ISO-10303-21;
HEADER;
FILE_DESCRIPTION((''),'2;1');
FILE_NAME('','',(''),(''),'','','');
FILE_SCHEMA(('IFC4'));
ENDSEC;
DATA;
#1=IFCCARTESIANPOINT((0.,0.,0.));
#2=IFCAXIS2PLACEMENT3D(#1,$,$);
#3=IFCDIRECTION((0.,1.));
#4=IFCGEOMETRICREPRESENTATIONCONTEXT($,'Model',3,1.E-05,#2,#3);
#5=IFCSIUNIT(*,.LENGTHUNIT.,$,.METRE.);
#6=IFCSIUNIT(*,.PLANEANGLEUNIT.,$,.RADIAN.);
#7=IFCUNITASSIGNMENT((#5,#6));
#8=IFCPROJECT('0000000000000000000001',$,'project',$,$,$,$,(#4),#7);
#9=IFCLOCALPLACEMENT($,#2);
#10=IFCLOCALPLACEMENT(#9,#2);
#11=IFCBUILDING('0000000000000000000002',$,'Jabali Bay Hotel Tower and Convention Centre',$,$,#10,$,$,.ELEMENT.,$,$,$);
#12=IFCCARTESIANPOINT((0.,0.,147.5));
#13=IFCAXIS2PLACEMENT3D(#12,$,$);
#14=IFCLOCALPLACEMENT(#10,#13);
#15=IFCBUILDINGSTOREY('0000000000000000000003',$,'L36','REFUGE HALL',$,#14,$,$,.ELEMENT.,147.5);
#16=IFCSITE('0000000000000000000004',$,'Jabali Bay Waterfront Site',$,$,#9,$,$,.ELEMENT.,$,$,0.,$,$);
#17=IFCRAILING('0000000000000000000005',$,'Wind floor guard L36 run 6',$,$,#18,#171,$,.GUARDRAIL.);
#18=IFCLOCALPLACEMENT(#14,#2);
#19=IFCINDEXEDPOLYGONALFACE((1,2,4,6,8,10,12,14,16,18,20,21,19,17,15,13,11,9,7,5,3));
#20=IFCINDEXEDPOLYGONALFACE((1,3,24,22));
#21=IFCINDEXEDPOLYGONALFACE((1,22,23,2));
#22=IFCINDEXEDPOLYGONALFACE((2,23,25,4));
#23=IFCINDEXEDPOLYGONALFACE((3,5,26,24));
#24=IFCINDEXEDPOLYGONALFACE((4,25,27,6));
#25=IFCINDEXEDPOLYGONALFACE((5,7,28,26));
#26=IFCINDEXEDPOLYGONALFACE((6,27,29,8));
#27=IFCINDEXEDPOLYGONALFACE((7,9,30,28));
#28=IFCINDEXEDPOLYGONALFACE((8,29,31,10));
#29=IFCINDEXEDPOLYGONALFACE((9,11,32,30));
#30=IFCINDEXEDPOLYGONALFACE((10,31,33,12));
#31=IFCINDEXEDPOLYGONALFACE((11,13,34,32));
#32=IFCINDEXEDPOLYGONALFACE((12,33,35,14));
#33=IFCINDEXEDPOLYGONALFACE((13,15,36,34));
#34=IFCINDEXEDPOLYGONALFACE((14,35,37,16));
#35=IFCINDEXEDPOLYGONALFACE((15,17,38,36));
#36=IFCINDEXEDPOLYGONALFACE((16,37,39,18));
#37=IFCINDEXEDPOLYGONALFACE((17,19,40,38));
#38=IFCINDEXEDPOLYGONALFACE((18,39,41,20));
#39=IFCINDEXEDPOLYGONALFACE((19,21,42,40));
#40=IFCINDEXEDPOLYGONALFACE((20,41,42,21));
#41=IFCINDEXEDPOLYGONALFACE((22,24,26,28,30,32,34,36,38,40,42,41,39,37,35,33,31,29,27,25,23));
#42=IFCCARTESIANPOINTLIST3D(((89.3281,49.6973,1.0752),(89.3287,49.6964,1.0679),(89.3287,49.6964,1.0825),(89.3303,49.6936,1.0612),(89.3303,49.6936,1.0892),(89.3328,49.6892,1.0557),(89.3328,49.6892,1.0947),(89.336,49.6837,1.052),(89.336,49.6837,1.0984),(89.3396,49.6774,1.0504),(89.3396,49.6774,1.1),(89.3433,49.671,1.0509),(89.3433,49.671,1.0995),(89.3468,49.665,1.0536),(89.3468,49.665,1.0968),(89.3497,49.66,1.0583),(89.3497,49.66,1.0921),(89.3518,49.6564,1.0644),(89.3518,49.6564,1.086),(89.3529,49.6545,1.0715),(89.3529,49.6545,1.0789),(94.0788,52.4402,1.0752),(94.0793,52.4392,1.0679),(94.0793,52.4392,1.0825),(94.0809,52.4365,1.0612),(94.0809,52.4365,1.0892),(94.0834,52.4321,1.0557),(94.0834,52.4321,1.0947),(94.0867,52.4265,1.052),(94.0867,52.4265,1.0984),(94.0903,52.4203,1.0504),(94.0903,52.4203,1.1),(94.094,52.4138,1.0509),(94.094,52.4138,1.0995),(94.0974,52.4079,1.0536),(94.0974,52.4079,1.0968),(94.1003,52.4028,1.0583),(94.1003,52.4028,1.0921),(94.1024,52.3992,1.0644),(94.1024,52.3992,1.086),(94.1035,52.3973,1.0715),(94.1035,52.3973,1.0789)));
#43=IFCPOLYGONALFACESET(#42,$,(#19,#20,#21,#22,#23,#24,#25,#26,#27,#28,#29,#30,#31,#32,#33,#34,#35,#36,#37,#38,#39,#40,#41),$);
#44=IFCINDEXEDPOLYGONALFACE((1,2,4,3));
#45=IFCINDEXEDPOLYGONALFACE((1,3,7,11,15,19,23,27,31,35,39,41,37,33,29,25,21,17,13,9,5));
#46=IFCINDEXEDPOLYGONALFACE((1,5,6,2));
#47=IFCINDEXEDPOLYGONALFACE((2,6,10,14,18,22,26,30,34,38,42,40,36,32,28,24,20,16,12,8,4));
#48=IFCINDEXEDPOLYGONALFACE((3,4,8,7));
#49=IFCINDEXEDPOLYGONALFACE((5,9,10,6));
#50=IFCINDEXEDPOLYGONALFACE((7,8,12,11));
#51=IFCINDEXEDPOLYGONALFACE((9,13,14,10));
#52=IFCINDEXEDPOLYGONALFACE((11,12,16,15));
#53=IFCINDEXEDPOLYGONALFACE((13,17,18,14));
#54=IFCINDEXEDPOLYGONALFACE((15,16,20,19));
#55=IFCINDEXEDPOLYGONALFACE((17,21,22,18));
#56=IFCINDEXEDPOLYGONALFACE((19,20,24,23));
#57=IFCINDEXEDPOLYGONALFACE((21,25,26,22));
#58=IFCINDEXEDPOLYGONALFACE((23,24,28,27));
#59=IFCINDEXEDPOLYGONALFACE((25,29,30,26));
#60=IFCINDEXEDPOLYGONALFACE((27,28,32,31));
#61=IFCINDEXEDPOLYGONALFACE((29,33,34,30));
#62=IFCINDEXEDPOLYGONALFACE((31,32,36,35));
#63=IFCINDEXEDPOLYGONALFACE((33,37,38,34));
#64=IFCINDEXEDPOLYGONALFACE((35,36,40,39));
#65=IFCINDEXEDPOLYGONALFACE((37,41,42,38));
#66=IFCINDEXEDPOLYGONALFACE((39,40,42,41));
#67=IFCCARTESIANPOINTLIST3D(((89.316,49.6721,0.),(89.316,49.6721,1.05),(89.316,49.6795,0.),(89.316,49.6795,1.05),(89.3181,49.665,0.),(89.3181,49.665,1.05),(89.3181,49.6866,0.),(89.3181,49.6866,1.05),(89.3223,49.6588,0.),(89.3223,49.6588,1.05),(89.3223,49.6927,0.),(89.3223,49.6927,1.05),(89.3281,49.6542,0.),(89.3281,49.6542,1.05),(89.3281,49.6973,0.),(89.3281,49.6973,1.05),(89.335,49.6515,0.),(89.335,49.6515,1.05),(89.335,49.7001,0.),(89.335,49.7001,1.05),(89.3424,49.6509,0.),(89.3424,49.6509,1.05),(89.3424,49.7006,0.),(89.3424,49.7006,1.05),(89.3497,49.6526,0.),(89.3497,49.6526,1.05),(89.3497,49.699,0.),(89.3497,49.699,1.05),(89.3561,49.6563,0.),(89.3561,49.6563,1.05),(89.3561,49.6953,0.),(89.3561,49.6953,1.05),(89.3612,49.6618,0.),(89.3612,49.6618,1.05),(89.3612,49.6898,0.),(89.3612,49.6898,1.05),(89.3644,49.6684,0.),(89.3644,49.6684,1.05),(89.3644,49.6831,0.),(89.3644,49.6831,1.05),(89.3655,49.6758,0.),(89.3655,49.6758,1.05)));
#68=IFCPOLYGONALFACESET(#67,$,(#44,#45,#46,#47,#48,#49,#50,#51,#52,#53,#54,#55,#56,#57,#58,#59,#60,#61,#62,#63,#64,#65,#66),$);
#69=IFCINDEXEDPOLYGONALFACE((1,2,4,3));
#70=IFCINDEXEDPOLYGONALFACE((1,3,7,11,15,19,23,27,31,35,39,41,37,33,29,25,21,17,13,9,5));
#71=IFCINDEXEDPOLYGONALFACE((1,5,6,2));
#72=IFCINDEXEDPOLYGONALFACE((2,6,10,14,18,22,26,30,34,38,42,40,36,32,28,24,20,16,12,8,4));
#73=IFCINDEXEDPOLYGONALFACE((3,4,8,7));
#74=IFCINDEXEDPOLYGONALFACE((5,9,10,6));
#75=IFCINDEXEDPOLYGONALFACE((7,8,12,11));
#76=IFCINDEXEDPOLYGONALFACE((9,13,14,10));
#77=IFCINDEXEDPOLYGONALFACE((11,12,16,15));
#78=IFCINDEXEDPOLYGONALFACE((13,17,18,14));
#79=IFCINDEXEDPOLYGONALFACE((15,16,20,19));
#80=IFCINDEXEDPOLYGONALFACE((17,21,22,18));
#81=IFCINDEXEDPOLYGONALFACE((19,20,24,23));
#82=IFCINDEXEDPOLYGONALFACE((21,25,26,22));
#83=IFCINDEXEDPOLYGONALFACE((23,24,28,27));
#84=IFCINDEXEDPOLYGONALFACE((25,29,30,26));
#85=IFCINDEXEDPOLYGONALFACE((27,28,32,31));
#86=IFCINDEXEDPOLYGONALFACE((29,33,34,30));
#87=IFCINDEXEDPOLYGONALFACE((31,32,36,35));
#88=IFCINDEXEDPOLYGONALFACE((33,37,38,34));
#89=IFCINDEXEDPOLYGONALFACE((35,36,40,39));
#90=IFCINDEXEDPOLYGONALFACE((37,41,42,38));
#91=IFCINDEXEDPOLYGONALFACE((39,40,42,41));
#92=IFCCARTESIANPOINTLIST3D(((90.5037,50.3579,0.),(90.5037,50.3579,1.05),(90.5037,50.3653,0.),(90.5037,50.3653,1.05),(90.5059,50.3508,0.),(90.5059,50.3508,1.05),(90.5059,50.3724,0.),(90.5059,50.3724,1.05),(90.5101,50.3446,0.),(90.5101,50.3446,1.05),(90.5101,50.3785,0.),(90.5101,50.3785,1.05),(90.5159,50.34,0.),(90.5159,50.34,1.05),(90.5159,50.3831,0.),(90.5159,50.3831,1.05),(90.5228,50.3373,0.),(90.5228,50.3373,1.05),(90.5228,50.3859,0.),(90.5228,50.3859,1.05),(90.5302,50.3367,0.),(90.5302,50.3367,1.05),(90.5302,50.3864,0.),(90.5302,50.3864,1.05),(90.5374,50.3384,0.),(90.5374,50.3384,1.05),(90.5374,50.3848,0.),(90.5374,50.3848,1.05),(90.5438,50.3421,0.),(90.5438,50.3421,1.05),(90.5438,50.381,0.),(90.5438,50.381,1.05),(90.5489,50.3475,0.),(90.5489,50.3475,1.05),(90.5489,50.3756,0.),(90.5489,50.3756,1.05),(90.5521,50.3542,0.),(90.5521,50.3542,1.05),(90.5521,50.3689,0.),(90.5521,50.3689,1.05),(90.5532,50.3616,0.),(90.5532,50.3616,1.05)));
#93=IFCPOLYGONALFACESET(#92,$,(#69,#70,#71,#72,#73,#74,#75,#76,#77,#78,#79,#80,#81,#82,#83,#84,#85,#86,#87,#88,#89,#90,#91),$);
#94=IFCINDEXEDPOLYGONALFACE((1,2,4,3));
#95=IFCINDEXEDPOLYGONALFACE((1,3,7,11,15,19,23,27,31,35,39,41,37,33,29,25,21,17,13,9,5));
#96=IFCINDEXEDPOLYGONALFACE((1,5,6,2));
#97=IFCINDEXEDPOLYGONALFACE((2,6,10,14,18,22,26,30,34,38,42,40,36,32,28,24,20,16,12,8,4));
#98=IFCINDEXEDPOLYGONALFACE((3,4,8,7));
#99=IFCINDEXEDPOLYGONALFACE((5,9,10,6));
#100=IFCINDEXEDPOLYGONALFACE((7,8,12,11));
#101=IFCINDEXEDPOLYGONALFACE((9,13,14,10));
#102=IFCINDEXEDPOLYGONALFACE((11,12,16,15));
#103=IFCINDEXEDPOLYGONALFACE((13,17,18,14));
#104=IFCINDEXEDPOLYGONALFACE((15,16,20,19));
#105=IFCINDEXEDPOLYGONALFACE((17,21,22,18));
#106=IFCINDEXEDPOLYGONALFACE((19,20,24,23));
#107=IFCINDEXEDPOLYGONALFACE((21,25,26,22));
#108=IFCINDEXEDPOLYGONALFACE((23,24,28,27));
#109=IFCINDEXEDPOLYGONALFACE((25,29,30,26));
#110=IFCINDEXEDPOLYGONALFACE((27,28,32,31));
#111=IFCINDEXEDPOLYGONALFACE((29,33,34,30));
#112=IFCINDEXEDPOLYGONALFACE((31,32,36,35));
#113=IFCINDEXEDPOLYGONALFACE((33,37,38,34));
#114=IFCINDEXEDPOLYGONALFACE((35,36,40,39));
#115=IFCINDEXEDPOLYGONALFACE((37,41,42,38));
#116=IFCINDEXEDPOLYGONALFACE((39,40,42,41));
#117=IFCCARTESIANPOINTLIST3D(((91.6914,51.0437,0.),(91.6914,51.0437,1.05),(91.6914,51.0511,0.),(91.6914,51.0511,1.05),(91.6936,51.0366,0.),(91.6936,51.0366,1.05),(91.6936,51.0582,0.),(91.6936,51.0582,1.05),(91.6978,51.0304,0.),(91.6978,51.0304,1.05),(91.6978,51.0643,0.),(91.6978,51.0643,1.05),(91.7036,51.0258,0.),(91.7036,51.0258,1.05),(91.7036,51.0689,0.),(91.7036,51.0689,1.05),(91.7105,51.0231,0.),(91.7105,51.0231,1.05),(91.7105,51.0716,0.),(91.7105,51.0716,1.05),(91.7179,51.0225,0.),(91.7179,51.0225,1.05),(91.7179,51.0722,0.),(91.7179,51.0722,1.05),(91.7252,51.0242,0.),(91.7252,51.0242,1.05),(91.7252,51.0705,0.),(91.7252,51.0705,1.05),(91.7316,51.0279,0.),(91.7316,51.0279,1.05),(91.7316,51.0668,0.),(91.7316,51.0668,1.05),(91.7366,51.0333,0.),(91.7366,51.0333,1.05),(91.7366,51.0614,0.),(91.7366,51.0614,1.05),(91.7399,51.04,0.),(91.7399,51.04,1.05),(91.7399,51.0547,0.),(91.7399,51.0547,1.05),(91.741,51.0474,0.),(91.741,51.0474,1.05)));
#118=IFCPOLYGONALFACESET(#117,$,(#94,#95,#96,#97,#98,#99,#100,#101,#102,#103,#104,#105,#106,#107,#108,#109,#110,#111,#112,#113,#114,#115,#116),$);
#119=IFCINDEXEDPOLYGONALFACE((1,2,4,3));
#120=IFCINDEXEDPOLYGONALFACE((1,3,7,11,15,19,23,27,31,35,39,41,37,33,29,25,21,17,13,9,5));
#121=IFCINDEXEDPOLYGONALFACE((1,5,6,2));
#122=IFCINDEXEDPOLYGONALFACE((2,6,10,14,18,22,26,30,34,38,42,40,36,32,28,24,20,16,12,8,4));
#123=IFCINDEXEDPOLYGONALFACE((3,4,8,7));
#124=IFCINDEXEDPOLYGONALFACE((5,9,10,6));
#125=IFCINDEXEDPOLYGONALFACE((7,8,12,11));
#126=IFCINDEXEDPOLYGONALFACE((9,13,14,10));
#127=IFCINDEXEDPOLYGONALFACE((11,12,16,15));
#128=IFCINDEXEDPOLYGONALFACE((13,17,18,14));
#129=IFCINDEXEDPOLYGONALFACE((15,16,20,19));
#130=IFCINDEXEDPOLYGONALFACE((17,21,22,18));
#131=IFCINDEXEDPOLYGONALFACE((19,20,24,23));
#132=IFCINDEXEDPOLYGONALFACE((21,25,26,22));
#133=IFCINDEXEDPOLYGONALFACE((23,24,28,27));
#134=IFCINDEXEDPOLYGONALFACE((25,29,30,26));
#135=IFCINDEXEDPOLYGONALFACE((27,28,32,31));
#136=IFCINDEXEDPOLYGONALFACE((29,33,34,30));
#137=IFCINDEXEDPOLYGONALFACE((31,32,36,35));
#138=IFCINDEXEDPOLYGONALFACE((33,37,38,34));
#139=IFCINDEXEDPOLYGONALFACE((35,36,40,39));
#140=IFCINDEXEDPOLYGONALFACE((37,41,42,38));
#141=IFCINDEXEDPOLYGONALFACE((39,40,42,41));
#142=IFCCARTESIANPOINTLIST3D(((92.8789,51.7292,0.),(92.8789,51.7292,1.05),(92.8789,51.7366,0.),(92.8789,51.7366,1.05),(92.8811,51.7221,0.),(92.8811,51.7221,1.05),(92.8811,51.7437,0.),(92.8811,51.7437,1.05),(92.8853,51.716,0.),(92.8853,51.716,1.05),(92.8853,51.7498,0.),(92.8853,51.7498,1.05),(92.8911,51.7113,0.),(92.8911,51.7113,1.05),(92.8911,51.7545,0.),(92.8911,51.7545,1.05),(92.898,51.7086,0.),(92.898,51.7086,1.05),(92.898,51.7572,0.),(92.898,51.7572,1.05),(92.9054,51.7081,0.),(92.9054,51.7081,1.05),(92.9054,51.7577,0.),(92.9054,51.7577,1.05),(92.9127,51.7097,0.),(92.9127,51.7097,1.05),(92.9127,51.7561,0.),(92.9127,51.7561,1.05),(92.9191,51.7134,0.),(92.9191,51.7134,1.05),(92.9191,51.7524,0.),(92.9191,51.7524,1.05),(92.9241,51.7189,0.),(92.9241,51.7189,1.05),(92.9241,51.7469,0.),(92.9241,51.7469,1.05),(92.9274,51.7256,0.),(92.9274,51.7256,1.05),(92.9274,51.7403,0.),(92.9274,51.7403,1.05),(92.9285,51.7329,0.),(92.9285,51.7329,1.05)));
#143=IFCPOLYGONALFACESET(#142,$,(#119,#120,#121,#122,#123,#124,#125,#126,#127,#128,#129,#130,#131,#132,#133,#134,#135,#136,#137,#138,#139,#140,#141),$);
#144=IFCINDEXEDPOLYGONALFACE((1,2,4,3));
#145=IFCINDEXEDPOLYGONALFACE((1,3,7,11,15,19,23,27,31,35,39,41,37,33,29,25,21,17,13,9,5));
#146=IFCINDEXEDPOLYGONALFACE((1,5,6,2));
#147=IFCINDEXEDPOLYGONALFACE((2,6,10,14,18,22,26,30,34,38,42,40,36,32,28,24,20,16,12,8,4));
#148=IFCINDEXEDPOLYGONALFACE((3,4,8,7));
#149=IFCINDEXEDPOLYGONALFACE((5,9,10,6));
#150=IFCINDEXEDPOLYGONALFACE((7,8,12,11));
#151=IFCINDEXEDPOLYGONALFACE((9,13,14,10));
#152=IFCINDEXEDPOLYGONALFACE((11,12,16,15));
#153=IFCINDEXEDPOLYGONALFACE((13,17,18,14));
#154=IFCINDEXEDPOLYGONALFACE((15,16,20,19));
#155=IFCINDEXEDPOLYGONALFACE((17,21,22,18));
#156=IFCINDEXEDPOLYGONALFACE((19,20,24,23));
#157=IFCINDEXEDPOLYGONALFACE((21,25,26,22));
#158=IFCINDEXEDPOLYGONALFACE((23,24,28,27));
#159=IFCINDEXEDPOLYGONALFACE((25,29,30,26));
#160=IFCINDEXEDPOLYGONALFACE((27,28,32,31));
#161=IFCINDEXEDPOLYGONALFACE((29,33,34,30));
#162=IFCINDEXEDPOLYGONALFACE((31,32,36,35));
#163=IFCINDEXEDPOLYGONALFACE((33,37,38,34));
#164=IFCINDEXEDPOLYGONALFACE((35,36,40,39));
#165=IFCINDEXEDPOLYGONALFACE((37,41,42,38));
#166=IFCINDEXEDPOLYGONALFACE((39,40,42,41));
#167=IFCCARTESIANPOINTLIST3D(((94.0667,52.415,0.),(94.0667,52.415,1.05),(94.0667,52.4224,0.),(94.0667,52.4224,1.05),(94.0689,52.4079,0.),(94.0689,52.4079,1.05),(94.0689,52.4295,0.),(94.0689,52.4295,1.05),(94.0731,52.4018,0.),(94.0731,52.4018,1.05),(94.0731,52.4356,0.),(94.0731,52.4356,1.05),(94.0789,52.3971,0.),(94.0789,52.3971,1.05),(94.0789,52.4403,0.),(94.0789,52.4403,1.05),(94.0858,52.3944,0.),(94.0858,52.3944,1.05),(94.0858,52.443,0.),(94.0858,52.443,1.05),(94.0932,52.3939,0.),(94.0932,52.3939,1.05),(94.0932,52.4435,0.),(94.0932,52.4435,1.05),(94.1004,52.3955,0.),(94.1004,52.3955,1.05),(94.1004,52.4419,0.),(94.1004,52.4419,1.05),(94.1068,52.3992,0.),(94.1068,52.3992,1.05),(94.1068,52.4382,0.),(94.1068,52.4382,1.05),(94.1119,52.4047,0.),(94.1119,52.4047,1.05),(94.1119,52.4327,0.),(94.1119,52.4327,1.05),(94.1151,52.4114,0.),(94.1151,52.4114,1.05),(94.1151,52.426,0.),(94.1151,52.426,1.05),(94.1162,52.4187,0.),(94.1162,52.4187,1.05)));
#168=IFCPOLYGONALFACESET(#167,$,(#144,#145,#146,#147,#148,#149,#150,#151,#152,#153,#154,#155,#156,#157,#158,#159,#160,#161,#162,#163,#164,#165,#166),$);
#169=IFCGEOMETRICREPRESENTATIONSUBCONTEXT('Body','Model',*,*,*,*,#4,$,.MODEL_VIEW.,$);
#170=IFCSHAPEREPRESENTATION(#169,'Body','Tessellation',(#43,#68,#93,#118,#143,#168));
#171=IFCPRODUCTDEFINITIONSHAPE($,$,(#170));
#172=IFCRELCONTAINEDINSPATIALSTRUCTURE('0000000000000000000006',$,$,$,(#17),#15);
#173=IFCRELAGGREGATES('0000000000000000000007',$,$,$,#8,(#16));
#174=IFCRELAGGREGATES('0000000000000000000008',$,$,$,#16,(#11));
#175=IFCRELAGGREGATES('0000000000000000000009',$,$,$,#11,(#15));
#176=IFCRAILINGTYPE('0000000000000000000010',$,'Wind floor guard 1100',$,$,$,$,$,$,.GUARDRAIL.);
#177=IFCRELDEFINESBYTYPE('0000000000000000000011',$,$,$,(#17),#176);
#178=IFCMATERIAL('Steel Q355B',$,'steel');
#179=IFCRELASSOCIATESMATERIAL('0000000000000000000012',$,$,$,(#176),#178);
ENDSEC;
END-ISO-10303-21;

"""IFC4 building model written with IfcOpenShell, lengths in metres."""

from ifc_helpers import new_model, si_unit, direction, frame, origin, origin_2d, place, context, subcontext, project, spatial, circle, extrude, material, type_object, element, save


model = new_model("IFC4")

# Units and contexts
model_context = context("Model", 3, precision=1e-05, world=origin(), true_north=direction((0.0, 1.0)))
body_context = subcontext(model_context, "Body", "Model", "MODEL_VIEW")
ifc_project = project(units=[si_unit("LENGTHUNIT", "METRE"), si_unit("PLANEANGLEUNIT", "RADIAN")], contexts=[model_context])

# Site, building, storey
site_placement = place(None, origin())
site = spatial("IfcSite", under=ifc_project, at=site_placement, Name="Jabali Bay Waterfront Site", CompositionType="ELEMENT", RefElevation=0.0)
building_placement = place(site_placement, origin())
building = spatial("IfcBuilding", under=site, at=building_placement, Name="Jabali Bay Hotel Tower and Convention Centre", CompositionType="ELEMENT")
storey_placement = place(building_placement, frame((0.0, 0.0, 147.5)))
storey = spatial("IfcBuildingStorey", under=building, at=storey_placement, Name="L36", Description="REFUGE HALL", CompositionType="ELEMENT", Elevation=147.5)

# Railing
ifc_material_1 = material(Name="Steel Q355B", Category="steel")
railing_type = type_object("IfcRailingType", Name="Wind floor guard 1100", PredefinedType="GUARDRAIL", material=ifc_material_1)
railing_1_placement = place(storey_placement, frame((89.3406, 49.6758, 0.0)))
element("IfcRailing", 1, at=railing_1_placement, inside=storey, type_object=railing_type, Name="Wind floor guard L36 run 6", PredefinedType="GUARDRAIL", context=body_context, shape_type="SweptSolid", body=[
    extrude(circle(Radius=0.0249, at=origin_2d()), frame((0.0, 0.0, 1.0752), z_axis=(0.866019, 0.500011, 0.0), x_axis=(-0.500011, 0.866019, 0.0)), (0.0, 0.0, 1.0), 5.4856),
    extrude(circle(Radius=0.0249, at=origin_2d()), origin(), (0.0, 0.0, 1.0), 1.05),
    extrude(circle(Radius=0.0249, at=origin_2d()), frame((1.1877, 0.6858, 0.0)), (0.0, 0.0, 1.0), 1.05),
    extrude(circle(Radius=0.0249, at=origin_2d()), frame((2.3755, 1.3716, 0.0)), (0.0, 0.0, 1.0), 1.05),
    extrude(circle(Radius=0.0249, at=origin_2d()), frame((3.563, 2.0571, 0.0)), (0.0, 0.0, 1.0), 1.05),
    extrude(circle(Radius=0.0249, at=origin_2d()), frame((4.7507, 2.7429, 0.0)), (0.0, 0.0, 1.0), 1.05),
])

save(model, "model.ifc")
